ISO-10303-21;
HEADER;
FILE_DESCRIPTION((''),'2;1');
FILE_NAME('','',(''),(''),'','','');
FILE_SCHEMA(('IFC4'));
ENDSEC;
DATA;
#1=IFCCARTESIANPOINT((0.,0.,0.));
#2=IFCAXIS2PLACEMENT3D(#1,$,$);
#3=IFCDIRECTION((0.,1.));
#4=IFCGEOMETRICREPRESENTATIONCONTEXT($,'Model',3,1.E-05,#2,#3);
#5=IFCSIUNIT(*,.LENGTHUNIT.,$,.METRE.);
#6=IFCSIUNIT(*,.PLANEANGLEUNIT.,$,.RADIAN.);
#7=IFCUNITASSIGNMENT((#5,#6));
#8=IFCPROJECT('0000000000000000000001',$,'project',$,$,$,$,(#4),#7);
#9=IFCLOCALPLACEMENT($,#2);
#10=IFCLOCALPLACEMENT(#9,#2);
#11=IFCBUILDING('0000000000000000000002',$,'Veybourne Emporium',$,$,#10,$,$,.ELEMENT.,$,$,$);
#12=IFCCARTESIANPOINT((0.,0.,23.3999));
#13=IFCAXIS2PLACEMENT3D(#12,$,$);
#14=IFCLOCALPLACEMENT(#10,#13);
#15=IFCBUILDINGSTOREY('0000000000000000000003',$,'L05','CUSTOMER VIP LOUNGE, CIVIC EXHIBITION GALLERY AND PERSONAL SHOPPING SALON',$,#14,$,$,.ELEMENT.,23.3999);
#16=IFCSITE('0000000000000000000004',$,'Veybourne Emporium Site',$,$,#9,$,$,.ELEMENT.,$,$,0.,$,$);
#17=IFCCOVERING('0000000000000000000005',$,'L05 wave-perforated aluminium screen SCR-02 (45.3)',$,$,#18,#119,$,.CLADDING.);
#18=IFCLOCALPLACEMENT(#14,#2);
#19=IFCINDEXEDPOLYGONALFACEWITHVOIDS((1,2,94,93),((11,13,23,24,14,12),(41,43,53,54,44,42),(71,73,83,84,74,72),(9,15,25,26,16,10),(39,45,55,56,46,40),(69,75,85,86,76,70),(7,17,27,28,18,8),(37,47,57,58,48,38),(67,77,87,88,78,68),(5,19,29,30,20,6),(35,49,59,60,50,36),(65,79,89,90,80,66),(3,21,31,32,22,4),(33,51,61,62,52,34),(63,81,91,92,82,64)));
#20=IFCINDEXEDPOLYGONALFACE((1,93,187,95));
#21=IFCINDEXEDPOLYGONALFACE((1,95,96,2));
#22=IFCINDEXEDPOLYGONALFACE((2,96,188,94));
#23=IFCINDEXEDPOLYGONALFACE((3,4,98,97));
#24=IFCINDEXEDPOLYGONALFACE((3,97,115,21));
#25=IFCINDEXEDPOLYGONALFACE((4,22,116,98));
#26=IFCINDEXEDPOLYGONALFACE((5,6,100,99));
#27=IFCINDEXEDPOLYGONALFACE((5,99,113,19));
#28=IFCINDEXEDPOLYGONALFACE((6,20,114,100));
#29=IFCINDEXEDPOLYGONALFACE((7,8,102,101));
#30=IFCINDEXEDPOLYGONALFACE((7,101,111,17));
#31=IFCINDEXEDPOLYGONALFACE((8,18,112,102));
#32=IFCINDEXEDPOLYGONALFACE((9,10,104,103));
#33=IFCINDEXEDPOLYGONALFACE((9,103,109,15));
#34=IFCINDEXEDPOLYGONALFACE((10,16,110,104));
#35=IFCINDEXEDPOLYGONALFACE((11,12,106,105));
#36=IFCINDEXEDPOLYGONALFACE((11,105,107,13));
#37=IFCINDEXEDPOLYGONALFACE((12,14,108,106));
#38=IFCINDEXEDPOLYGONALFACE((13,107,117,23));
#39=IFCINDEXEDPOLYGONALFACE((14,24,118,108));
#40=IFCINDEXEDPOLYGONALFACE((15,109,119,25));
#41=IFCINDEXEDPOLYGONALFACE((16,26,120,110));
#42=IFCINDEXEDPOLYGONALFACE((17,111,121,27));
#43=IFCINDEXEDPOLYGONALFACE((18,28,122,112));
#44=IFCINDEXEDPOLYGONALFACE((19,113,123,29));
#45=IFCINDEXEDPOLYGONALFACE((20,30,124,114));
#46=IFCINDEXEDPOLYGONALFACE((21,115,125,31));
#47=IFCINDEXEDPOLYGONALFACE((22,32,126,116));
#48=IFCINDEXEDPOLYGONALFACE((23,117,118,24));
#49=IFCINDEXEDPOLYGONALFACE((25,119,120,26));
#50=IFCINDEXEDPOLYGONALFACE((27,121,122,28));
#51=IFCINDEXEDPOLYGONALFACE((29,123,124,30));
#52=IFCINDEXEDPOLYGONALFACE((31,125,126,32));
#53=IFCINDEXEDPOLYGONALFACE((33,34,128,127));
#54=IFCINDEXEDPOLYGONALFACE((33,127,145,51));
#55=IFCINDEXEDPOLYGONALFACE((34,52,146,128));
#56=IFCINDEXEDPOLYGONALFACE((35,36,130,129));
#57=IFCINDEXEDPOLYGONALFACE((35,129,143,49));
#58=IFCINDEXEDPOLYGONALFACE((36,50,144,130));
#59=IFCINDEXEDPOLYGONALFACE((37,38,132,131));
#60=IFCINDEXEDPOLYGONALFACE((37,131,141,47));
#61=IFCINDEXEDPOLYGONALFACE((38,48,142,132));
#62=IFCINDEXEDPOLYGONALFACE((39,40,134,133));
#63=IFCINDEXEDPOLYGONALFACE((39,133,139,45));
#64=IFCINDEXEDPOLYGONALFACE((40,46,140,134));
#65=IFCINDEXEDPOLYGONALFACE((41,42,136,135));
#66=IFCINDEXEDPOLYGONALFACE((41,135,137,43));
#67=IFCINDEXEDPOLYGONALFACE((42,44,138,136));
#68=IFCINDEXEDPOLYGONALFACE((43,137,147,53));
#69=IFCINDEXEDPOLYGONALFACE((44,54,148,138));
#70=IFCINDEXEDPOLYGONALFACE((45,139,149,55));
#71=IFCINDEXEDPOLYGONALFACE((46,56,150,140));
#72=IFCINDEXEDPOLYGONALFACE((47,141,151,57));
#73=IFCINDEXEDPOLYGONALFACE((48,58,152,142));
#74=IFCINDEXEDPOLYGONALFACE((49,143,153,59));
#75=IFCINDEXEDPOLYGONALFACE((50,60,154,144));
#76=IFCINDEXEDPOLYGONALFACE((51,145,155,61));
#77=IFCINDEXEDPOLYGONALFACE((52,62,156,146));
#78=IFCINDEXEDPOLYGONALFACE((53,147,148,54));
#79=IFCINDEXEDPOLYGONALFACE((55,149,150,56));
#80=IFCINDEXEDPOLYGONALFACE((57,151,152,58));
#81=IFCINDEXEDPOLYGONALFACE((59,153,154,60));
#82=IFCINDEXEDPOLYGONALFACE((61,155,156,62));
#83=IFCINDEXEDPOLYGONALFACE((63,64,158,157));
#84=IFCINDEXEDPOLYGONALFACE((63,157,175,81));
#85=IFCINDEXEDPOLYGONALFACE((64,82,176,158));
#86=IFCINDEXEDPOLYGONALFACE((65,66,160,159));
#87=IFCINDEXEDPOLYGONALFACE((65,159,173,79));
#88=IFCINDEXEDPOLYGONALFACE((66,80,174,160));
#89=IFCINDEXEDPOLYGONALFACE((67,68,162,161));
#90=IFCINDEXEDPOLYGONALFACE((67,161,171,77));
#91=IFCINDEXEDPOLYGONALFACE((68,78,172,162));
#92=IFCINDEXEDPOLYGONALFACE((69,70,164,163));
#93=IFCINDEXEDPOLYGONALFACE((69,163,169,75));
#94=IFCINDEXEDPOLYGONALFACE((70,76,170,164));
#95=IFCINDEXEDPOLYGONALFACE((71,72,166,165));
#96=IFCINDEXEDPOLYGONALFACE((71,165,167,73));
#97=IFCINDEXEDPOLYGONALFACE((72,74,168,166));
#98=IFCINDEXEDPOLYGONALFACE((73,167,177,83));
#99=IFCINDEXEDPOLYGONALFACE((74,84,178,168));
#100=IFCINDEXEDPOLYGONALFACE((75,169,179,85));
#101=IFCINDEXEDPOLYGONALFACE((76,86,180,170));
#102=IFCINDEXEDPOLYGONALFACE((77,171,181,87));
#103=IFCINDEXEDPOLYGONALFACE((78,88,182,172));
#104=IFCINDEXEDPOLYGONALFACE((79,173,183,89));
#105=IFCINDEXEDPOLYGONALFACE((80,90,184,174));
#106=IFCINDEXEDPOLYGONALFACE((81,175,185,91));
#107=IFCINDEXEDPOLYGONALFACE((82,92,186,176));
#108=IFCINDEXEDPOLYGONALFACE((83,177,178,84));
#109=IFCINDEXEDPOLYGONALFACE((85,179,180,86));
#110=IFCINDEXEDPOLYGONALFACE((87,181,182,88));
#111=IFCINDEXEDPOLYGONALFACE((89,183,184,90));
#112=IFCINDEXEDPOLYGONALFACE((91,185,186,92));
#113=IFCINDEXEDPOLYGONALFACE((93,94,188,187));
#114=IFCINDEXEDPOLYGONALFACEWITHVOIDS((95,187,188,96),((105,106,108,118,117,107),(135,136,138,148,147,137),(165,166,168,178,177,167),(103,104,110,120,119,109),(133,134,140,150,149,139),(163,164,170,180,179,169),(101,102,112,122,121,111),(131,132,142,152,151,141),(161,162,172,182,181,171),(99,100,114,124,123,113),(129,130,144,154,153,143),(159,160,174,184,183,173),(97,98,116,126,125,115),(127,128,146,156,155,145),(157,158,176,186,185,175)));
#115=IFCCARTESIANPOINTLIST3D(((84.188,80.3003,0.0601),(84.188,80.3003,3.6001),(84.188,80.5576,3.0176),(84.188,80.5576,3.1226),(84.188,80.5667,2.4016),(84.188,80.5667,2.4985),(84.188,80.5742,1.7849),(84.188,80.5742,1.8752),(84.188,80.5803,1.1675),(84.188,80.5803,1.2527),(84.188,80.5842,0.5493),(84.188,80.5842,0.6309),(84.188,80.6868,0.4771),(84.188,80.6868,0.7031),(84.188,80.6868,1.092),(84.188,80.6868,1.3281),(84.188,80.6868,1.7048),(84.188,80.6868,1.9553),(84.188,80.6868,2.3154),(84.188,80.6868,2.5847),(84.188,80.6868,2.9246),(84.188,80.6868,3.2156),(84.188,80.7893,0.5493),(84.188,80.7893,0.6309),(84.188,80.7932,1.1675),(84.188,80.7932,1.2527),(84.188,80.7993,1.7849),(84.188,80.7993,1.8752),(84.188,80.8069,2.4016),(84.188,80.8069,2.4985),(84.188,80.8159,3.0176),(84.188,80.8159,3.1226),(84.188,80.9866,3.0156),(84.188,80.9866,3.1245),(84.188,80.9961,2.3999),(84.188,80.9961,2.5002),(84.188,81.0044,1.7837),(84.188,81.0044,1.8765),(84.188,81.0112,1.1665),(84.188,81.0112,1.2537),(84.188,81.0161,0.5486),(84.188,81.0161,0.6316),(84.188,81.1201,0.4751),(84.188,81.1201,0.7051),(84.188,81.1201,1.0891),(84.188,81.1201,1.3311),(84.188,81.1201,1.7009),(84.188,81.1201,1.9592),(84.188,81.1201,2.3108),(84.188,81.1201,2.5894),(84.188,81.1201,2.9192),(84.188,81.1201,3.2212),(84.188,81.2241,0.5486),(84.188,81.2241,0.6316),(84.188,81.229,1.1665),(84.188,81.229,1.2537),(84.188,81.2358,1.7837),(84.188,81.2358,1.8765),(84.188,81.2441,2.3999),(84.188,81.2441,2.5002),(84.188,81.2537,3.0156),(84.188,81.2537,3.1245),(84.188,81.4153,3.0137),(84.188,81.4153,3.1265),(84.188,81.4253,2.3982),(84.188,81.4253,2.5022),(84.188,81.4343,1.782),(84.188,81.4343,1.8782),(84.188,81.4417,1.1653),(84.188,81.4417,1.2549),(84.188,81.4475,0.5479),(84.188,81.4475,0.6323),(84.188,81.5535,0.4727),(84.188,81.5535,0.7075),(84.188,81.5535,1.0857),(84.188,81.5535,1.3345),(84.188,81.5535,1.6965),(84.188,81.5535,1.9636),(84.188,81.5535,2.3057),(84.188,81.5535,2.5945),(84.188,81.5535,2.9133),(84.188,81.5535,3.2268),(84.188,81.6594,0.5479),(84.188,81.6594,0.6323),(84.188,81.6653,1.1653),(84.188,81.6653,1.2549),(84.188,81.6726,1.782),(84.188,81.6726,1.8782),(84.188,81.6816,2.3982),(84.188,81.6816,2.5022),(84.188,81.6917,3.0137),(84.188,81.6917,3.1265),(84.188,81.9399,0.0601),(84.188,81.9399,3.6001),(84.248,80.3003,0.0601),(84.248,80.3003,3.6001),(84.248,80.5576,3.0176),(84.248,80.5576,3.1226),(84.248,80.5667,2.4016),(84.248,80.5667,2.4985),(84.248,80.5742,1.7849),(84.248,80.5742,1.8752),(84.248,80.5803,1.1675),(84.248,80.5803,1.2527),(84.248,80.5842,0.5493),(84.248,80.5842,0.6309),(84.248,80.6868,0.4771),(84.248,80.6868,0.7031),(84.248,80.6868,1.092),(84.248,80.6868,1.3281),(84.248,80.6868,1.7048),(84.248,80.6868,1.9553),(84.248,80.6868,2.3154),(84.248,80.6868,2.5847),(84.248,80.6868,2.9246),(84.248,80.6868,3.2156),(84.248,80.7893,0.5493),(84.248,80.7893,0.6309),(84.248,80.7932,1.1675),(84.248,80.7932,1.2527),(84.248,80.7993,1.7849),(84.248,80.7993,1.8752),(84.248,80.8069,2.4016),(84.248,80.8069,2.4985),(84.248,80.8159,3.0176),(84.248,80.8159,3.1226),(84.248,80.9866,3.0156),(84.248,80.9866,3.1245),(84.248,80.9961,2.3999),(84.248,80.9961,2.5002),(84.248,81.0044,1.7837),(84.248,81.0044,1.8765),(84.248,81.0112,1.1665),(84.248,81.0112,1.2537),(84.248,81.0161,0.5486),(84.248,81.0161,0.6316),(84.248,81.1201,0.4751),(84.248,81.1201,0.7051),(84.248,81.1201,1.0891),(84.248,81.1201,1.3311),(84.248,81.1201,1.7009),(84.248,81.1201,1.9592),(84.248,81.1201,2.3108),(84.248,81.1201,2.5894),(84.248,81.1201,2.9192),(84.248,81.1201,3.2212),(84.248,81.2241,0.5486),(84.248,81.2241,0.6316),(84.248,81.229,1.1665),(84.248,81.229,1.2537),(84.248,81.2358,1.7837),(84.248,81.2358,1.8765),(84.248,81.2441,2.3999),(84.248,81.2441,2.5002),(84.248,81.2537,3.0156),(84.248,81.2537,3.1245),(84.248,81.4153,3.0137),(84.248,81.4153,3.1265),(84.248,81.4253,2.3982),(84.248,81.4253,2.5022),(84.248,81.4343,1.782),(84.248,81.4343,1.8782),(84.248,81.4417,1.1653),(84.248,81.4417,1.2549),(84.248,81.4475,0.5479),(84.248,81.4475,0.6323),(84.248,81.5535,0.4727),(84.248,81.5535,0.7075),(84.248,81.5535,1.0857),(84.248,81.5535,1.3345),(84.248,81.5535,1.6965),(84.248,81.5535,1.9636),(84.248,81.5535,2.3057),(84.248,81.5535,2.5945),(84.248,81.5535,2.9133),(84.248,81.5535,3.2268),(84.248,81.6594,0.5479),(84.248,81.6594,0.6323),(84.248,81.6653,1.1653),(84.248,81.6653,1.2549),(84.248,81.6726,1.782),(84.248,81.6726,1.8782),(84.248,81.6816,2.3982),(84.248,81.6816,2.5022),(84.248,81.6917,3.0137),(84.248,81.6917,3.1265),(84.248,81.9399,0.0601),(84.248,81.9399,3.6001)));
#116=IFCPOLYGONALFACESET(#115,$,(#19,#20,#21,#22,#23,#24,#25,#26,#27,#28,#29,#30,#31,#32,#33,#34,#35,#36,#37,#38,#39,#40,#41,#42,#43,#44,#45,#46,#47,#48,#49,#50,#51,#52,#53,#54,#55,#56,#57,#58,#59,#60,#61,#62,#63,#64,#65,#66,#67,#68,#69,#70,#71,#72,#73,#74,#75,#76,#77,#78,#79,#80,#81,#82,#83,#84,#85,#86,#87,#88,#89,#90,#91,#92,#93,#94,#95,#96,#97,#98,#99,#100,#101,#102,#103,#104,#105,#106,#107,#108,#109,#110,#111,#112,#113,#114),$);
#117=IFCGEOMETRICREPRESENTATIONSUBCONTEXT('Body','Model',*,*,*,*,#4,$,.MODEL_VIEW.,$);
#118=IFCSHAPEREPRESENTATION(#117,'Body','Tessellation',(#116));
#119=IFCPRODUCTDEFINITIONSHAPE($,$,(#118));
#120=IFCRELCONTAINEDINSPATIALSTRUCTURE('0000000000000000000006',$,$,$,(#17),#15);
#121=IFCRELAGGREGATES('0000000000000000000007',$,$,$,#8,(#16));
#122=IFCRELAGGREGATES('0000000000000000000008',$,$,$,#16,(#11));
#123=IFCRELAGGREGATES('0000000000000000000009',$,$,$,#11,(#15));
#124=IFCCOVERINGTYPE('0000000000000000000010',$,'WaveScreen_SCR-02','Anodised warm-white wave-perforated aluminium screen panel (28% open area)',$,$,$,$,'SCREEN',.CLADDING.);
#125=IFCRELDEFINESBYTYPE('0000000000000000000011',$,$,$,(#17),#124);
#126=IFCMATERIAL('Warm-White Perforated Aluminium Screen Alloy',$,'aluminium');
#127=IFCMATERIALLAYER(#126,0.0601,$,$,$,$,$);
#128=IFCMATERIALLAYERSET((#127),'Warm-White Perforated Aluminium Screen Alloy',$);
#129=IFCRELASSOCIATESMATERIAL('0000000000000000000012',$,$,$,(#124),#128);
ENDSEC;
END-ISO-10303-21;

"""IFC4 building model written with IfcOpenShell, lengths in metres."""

from ifc_helpers import new_model, si_unit, direction, frame, origin, place, context, subcontext, project, spatial, polyline, outline, extrude, material, layer, layer_set, type_object, element, save


model = new_model("IFC4")

# Units and contexts
model_context = context("Model", 3, precision=1e-05, world=origin(), true_north=direction((0.0, 1.0)))
body_context = subcontext(model_context, "Body", "Model", "MODEL_VIEW")
ifc_project = project(units=[si_unit("LENGTHUNIT", "METRE"), si_unit("PLANEANGLEUNIT", "RADIAN")], contexts=[model_context])

# Site, building, storey
site_placement = place(None, origin())
site = spatial("IfcSite", under=ifc_project, at=site_placement, Name="Veybourne Emporium Site", CompositionType="ELEMENT", RefElevation=0.0)
building_placement = place(site_placement, origin())
building = spatial("IfcBuilding", under=site, at=building_placement, Name="Veybourne Emporium", CompositionType="ELEMENT")
storey_placement = place(building_placement, frame((0.0, 0.0, 23.3999)))
storey = spatial("IfcBuildingStorey", under=building, at=storey_placement, Name="L05", Description="CUSTOMER VIP LOUNGE, CIVIC EXHIBITION GALLERY AND PERSONAL SHOPPING SALON", CompositionType="ELEMENT", Elevation=23.3999)

# Covering
ifc_material_1 = material(Name="Warm-White Perforated Aluminium Screen Alloy", Category="aluminium")
ifc_layer_1 = layer(ifc_material_1, 0.0601)
ifc_layer_set_1 = layer_set([ifc_layer_1], Name="Warm-White Perforated Aluminium Screen Alloy")
covering_type_1 = type_object("IfcCoveringType", Name="WaveScreen_SCR-02", Description="Anodised warm-white wave-perforated aluminium screen panel (28% open area)", ElementType="SCREEN", PredefinedType="CLADDING", material=ifc_layer_set_1)
covering_1_placement = place(storey_placement, frame((84.248, 81.1201, 1.8301), z_axis=(-1.0, 0.0, 0.0), x_axis=(0.0, -1.0, 0.0)))
element("IfcCovering", 1, at=covering_1_placement, inside=storey, type_object=covering_type_1, Name="L05 wave-perforated aluminium screen SCR-02 (45.3)", PredefinedType="CLADDING", context=body_context, shape_type="SweptSolid", body=[
    extrude(outline(polyline([(-0.8198, -1.77), (0.8198, -1.77), (0.8198, 1.77), (-0.8198, 1.77), (-0.8198, -1.77)]), holes=[polyline([(-0.4333, -1.1226), (-0.3274, -1.1978), (-0.3274, -1.2822), (-0.4333, -1.3574), (-0.5393, -1.2822), (-0.5393, -1.1978), (-0.4333, -1.1226)]), polyline([(-0.4333, -0.4956), (-0.3215, -0.5752), (-0.3215, -0.6648), (-0.4333, -0.7444), (-0.5452, -0.6648), (-0.5452, -0.5752), (-0.4333, -0.4956)]), polyline([(-0.4333, 0.1335), (-0.3142, 0.0481), (-0.3142, -0.0481), (-0.4333, -0.1335), (-0.5525, -0.0481), (-0.5525, 0.0481), (-0.4333, 0.1335)]), polyline([(-0.4333, 0.7644), (-0.3052, 0.6721), (-0.3052, 0.5681), (-0.4333, 0.4756), (-0.5615, 0.5681), (-0.5615, 0.6721), (-0.4333, 0.7644)]), polyline([(-0.4333, 1.3967), (-0.2952, 1.2964), (-0.2952, 1.1836), (-0.4333, 1.0833), (-0.5715, 1.1836), (-0.5715, 1.2964), (-0.4333, 1.3967)]), polyline([(0.0, -1.125), (0.104, -1.1985), (0.104, -1.2815), (0.0, -1.355), (-0.104, -1.2815), (-0.104, -1.1985), (0.0, -1.125)]), polyline([(0.0, -0.499), (0.1089, -0.5764), (0.1089, -0.6636), (0.0, -0.741), (-0.1089, -0.6636), (-0.1089, -0.5764), (0.0, -0.499)]), polyline([(0.0, 0.1292), (0.1157, 0.0464), (0.1157, -0.0464), (0.0, -0.1292), (-0.1157, -0.0464), (-0.1157, 0.0464), (0.0, 0.1292)]), polyline([(0.0, 0.7593), (0.124, 0.6702), (0.124, 0.5698), (0.0, 0.4807), (-0.124, 0.5698), (-0.124, 0.6702), (0.0, 0.7593)]), polyline([(0.0, 1.3911), (0.1335, 1.2944), (0.1335, 1.1855), (0.0, 1.0891), (-0.1335, 1.1855), (-0.1335, 1.2944), (0.0, 1.3911)]), polyline([(0.4333, -1.127), (0.5359, -1.1992), (0.5359, -1.2808), (0.4333, -1.353), (0.3308, -1.2808), (0.3308, -1.1992), (0.4333, -1.127)]), polyline([(0.4333, -0.502), (0.5398, -0.5774), (0.5398, -0.6626), (0.4333, -0.738), (0.3269, -0.6626), (0.3269, -0.5774), (0.4333, -0.502)]), polyline([(0.4333, 0.1252), (0.5459, 0.0452), (0.5459, -0.0452), (0.4333, -0.1252), (0.3208, -0.0452), (0.3208, 0.0452), (0.4333, 0.1252)]), polyline([(0.4333, 0.7546), (0.5535, 0.6685), (0.5535, 0.5715), (0.4333, 0.4854), (0.3132, 0.5715), (0.3132, 0.6685), (0.4333, 0.7546)]), polyline([(0.4333, 1.3855), (0.5625, 1.2925), (0.5625, 1.1875), (0.4333, 1.0945), (0.3042, 1.1875), (0.3042, 1.2925), (0.4333, 1.3855)])]), origin(), (0.0, 0.0, 1.0), 0.0601),
])

save(model, "model.ifc")
